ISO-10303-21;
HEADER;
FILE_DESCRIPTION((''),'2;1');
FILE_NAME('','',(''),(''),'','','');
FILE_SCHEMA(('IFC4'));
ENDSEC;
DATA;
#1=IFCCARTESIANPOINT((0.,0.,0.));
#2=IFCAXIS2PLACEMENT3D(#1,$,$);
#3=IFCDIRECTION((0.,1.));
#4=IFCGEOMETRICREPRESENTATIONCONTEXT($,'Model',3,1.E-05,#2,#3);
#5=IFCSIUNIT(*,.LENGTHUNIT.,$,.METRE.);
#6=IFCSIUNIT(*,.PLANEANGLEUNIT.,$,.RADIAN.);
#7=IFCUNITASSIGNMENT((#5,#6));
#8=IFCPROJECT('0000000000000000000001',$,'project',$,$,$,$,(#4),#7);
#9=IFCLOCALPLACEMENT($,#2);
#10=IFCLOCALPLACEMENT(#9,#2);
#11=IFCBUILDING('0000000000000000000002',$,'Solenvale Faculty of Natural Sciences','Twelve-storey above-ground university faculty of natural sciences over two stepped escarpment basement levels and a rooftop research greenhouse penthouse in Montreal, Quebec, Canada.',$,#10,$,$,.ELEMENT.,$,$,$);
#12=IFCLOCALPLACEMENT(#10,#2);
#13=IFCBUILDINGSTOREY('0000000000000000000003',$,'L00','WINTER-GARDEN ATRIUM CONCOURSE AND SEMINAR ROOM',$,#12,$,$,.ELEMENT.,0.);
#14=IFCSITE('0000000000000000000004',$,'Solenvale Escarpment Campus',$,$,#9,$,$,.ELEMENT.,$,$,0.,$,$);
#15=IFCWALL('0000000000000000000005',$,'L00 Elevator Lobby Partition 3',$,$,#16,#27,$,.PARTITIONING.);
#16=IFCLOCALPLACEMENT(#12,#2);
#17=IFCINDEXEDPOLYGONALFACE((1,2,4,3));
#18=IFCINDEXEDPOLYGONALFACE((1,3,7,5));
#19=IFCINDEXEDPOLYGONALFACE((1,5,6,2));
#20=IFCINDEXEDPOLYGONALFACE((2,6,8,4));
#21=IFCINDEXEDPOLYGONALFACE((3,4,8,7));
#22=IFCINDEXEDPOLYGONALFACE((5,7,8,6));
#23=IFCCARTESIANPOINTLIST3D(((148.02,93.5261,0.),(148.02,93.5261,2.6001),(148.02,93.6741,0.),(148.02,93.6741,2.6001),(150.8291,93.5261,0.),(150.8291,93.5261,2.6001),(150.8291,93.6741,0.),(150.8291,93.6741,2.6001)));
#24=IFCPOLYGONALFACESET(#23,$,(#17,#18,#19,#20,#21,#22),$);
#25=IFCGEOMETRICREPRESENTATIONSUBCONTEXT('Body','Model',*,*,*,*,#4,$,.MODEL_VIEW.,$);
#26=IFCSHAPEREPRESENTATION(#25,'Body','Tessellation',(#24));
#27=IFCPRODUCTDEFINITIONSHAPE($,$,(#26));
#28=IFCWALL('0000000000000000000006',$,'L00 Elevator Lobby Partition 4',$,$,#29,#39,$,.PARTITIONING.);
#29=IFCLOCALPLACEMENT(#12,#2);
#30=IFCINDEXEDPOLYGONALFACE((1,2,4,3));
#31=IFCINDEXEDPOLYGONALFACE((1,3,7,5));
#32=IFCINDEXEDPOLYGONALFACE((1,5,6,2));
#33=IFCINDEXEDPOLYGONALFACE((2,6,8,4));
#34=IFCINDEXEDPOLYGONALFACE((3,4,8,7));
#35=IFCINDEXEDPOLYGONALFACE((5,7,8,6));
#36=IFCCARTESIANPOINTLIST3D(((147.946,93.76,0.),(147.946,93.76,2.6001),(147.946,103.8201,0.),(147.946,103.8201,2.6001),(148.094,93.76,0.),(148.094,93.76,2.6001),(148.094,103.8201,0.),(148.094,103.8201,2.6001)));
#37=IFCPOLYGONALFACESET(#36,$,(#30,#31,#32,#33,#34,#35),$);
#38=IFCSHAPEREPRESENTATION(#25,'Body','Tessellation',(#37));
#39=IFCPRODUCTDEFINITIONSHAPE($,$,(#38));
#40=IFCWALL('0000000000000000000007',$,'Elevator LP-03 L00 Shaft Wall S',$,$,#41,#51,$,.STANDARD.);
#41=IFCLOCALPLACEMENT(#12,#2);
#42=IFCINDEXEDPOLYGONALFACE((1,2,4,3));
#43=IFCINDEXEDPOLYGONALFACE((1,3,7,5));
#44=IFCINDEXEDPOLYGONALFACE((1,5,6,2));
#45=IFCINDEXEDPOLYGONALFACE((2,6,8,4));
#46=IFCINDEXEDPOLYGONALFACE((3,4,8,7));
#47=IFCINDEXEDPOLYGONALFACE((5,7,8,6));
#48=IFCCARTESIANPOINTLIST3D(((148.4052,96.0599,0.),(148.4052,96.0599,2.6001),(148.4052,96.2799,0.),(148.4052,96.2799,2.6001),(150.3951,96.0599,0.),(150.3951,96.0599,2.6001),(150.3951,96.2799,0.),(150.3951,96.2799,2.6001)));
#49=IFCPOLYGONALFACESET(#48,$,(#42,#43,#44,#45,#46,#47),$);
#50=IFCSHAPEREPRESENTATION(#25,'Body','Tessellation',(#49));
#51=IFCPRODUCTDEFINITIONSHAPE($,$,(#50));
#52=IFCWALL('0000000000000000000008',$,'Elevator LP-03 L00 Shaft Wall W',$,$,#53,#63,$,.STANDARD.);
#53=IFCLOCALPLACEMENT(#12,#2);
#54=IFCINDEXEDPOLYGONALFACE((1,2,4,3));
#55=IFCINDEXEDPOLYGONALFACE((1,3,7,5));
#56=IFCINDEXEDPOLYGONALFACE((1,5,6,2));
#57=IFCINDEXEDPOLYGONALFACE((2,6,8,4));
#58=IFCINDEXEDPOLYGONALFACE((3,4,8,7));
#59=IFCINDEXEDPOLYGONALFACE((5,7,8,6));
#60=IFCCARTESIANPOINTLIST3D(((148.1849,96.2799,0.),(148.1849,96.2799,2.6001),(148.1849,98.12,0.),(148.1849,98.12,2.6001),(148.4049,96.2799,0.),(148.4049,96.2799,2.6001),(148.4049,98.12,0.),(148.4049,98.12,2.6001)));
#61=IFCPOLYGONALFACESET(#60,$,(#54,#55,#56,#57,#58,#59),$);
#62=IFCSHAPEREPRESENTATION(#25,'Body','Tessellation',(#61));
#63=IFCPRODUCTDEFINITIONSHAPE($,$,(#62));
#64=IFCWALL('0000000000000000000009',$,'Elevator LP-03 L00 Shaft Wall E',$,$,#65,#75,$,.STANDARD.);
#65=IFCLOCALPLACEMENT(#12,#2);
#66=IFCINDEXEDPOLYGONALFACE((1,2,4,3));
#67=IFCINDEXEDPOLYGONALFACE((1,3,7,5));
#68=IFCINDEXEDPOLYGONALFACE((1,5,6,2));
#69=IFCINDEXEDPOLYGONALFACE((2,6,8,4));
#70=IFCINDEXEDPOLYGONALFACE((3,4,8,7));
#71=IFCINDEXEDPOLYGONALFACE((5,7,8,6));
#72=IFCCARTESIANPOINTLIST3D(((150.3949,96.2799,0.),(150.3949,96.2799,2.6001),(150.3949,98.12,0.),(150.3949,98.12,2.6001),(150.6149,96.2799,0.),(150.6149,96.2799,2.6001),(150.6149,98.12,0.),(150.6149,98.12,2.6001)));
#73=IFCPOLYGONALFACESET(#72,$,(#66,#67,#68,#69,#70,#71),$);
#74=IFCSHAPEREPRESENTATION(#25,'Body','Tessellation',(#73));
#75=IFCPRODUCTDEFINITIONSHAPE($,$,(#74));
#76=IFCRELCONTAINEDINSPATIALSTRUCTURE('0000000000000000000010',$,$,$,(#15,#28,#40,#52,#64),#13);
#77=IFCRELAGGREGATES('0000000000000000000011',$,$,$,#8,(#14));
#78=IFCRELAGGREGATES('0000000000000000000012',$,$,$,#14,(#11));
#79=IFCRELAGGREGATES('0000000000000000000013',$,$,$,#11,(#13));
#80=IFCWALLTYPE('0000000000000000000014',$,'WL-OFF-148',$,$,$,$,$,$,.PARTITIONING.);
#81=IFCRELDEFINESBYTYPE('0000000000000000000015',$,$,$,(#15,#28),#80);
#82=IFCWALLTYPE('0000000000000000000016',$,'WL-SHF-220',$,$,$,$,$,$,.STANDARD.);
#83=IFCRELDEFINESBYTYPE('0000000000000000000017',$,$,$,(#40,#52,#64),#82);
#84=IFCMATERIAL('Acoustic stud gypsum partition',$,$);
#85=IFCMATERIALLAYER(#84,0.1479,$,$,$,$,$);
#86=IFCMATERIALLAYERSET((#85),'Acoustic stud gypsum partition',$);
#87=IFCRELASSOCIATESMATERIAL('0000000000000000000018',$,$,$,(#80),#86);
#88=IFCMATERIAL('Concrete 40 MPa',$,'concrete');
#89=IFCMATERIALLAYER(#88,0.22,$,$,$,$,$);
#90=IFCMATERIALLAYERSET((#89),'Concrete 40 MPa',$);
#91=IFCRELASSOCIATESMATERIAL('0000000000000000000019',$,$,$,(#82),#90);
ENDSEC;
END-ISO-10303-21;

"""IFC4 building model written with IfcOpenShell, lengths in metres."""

from ifc_helpers import new_model, si_unit, direction, frame, frame_2d, origin, place, context, subcontext, project, spatial, rectangle, extrude, material, layer, layer_set, type_object, element, save


model = new_model("IFC4")

# Units and contexts
model_context = context("Model", 3, precision=1e-05, world=origin(), true_north=direction((0.0, 1.0)))
body_context = subcontext(model_context, "Body", "Model", "MODEL_VIEW")
ifc_project = project(units=[si_unit("LENGTHUNIT", "METRE"), si_unit("PLANEANGLEUNIT", "RADIAN")], contexts=[model_context])

# Site, building, storey
site_placement = place(None, origin())
site = spatial("IfcSite", under=ifc_project, at=site_placement, Name="Solenvale Escarpment Campus", CompositionType="ELEMENT", RefElevation=0.0)
building_placement = place(site_placement, origin())
building = spatial("IfcBuilding", under=site, at=building_placement, Name="Solenvale Faculty of Natural Sciences", Description="Twelve-storey above-ground university faculty of natural sciences over two stepped escarpment basement levels and a rooftop research greenhouse penthouse in Montreal, Quebec, Canada.", CompositionType="ELEMENT")
storey_placement = place(building_placement, origin())
storey = spatial("IfcBuildingStorey", under=building, at=storey_placement, Name="L00", Description="WINTER-GARDEN ATRIUM CONCOURSE AND SEMINAR ROOM", CompositionType="ELEMENT", Elevation=0.0)

# Shared definitions
ifc_material_1 = material(Name="Concrete 40 MPa", Category="concrete")

# Walls
ifc_material_2 = material(Name="Acoustic stud gypsum partition")
ifc_layer_1 = layer(ifc_material_2, 0.1479)
ifc_layer_set_1 = layer_set([ifc_layer_1], Name="Acoustic stud gypsum partition")
wall_type_1 = type_object("IfcWallType", Name="WL-OFF-148", PredefinedType="PARTITIONING", material=ifc_layer_set_1)
wall_1_placement = place(storey_placement, frame((150.8291, 93.6001, 0.0), z_axis=(0.0, 0.0, 1.0), x_axis=(-1.0, 0.0, 0.0)))
element("IfcWall", 1, at=wall_1_placement, inside=storey, type_object=wall_type_1, Name="L00 Elevator Lobby Partition 3", PredefinedType="PARTITIONING", context=body_context, shape_type="SweptSolid", body=[
    extrude(rectangle(XDim=2.8091, YDim=0.1479, at=frame_2d((1.4045, 0.0))), origin(), (0.0, 0.0, 1.0), 2.6001),
])
wall_2_placement = place(storey_placement, frame((148.02, 93.76, 0.0), z_axis=(0.0, 0.0, 1.0), x_axis=(0.0, 1.0, 0.0)))
element("IfcWall", 2, at=wall_2_placement, inside=storey, type_object=wall_type_1, Name="L00 Elevator Lobby Partition 4", PredefinedType="PARTITIONING", context=body_context, shape_type="SweptSolid", body=[
    extrude(rectangle(XDim=10.0601, YDim=0.1479, at=frame_2d((5.03, 0.0))), origin(), (0.0, 0.0, 1.0), 2.6001),
])

# Walls
ifc_layer_2 = layer(ifc_material_1, 0.22)
ifc_layer_set_2 = layer_set([ifc_layer_2], Name="Concrete 40 MPa")
wall_type_2 = type_object("IfcWallType", Name="WL-SHF-220", PredefinedType="STANDARD", material=ifc_layer_set_2)
wall_3_placement = place(storey_placement, frame((148.405, 96.1699, 0.0), z_axis=(0.0, 0.0, 1.0), x_axis=(1.0, 0.0, 0.0)))
element("IfcWall", 3, at=wall_3_placement, inside=storey, type_object=wall_type_2, Name="Elevator LP-03 L00 Shaft Wall S", PredefinedType="STANDARD", context=body_context, shape_type="SweptSolid", body=[
    extrude(rectangle(XDim=1.99, YDim=0.22, at=frame_2d((0.9951, 0.0))), origin(), (0.0, 0.0, 1.0), 2.6001),
])
for number, where, z_axis, x_axis, name in (
    (4, (148.2949, 96.28, 0.0), (0.0, 0.0, 1.0), (0.0, 1.0, 0.0), "Elevator LP-03 L00 Shaft Wall W"),
    (5, (150.5049, 96.28, 0.0), (0.0, 0.0, 1.0), (0.0, 1.0, 0.0), "Elevator LP-03 L00 Shaft Wall E"),
):
    element("IfcWall", number, at=place(storey_placement, frame(where, z_axis=z_axis, x_axis=x_axis)), inside=storey, type_object=wall_type_2, Name=name, PredefinedType="STANDARD", context=body_context, shape_type="SweptSolid", body=[
        extrude(rectangle(XDim=1.8401, YDim=0.22, at=frame_2d((0.9199, 0.0))), origin(), (0.0, 0.0, 1.0), 2.6001),
    ])

save(model, "model.ifc")
